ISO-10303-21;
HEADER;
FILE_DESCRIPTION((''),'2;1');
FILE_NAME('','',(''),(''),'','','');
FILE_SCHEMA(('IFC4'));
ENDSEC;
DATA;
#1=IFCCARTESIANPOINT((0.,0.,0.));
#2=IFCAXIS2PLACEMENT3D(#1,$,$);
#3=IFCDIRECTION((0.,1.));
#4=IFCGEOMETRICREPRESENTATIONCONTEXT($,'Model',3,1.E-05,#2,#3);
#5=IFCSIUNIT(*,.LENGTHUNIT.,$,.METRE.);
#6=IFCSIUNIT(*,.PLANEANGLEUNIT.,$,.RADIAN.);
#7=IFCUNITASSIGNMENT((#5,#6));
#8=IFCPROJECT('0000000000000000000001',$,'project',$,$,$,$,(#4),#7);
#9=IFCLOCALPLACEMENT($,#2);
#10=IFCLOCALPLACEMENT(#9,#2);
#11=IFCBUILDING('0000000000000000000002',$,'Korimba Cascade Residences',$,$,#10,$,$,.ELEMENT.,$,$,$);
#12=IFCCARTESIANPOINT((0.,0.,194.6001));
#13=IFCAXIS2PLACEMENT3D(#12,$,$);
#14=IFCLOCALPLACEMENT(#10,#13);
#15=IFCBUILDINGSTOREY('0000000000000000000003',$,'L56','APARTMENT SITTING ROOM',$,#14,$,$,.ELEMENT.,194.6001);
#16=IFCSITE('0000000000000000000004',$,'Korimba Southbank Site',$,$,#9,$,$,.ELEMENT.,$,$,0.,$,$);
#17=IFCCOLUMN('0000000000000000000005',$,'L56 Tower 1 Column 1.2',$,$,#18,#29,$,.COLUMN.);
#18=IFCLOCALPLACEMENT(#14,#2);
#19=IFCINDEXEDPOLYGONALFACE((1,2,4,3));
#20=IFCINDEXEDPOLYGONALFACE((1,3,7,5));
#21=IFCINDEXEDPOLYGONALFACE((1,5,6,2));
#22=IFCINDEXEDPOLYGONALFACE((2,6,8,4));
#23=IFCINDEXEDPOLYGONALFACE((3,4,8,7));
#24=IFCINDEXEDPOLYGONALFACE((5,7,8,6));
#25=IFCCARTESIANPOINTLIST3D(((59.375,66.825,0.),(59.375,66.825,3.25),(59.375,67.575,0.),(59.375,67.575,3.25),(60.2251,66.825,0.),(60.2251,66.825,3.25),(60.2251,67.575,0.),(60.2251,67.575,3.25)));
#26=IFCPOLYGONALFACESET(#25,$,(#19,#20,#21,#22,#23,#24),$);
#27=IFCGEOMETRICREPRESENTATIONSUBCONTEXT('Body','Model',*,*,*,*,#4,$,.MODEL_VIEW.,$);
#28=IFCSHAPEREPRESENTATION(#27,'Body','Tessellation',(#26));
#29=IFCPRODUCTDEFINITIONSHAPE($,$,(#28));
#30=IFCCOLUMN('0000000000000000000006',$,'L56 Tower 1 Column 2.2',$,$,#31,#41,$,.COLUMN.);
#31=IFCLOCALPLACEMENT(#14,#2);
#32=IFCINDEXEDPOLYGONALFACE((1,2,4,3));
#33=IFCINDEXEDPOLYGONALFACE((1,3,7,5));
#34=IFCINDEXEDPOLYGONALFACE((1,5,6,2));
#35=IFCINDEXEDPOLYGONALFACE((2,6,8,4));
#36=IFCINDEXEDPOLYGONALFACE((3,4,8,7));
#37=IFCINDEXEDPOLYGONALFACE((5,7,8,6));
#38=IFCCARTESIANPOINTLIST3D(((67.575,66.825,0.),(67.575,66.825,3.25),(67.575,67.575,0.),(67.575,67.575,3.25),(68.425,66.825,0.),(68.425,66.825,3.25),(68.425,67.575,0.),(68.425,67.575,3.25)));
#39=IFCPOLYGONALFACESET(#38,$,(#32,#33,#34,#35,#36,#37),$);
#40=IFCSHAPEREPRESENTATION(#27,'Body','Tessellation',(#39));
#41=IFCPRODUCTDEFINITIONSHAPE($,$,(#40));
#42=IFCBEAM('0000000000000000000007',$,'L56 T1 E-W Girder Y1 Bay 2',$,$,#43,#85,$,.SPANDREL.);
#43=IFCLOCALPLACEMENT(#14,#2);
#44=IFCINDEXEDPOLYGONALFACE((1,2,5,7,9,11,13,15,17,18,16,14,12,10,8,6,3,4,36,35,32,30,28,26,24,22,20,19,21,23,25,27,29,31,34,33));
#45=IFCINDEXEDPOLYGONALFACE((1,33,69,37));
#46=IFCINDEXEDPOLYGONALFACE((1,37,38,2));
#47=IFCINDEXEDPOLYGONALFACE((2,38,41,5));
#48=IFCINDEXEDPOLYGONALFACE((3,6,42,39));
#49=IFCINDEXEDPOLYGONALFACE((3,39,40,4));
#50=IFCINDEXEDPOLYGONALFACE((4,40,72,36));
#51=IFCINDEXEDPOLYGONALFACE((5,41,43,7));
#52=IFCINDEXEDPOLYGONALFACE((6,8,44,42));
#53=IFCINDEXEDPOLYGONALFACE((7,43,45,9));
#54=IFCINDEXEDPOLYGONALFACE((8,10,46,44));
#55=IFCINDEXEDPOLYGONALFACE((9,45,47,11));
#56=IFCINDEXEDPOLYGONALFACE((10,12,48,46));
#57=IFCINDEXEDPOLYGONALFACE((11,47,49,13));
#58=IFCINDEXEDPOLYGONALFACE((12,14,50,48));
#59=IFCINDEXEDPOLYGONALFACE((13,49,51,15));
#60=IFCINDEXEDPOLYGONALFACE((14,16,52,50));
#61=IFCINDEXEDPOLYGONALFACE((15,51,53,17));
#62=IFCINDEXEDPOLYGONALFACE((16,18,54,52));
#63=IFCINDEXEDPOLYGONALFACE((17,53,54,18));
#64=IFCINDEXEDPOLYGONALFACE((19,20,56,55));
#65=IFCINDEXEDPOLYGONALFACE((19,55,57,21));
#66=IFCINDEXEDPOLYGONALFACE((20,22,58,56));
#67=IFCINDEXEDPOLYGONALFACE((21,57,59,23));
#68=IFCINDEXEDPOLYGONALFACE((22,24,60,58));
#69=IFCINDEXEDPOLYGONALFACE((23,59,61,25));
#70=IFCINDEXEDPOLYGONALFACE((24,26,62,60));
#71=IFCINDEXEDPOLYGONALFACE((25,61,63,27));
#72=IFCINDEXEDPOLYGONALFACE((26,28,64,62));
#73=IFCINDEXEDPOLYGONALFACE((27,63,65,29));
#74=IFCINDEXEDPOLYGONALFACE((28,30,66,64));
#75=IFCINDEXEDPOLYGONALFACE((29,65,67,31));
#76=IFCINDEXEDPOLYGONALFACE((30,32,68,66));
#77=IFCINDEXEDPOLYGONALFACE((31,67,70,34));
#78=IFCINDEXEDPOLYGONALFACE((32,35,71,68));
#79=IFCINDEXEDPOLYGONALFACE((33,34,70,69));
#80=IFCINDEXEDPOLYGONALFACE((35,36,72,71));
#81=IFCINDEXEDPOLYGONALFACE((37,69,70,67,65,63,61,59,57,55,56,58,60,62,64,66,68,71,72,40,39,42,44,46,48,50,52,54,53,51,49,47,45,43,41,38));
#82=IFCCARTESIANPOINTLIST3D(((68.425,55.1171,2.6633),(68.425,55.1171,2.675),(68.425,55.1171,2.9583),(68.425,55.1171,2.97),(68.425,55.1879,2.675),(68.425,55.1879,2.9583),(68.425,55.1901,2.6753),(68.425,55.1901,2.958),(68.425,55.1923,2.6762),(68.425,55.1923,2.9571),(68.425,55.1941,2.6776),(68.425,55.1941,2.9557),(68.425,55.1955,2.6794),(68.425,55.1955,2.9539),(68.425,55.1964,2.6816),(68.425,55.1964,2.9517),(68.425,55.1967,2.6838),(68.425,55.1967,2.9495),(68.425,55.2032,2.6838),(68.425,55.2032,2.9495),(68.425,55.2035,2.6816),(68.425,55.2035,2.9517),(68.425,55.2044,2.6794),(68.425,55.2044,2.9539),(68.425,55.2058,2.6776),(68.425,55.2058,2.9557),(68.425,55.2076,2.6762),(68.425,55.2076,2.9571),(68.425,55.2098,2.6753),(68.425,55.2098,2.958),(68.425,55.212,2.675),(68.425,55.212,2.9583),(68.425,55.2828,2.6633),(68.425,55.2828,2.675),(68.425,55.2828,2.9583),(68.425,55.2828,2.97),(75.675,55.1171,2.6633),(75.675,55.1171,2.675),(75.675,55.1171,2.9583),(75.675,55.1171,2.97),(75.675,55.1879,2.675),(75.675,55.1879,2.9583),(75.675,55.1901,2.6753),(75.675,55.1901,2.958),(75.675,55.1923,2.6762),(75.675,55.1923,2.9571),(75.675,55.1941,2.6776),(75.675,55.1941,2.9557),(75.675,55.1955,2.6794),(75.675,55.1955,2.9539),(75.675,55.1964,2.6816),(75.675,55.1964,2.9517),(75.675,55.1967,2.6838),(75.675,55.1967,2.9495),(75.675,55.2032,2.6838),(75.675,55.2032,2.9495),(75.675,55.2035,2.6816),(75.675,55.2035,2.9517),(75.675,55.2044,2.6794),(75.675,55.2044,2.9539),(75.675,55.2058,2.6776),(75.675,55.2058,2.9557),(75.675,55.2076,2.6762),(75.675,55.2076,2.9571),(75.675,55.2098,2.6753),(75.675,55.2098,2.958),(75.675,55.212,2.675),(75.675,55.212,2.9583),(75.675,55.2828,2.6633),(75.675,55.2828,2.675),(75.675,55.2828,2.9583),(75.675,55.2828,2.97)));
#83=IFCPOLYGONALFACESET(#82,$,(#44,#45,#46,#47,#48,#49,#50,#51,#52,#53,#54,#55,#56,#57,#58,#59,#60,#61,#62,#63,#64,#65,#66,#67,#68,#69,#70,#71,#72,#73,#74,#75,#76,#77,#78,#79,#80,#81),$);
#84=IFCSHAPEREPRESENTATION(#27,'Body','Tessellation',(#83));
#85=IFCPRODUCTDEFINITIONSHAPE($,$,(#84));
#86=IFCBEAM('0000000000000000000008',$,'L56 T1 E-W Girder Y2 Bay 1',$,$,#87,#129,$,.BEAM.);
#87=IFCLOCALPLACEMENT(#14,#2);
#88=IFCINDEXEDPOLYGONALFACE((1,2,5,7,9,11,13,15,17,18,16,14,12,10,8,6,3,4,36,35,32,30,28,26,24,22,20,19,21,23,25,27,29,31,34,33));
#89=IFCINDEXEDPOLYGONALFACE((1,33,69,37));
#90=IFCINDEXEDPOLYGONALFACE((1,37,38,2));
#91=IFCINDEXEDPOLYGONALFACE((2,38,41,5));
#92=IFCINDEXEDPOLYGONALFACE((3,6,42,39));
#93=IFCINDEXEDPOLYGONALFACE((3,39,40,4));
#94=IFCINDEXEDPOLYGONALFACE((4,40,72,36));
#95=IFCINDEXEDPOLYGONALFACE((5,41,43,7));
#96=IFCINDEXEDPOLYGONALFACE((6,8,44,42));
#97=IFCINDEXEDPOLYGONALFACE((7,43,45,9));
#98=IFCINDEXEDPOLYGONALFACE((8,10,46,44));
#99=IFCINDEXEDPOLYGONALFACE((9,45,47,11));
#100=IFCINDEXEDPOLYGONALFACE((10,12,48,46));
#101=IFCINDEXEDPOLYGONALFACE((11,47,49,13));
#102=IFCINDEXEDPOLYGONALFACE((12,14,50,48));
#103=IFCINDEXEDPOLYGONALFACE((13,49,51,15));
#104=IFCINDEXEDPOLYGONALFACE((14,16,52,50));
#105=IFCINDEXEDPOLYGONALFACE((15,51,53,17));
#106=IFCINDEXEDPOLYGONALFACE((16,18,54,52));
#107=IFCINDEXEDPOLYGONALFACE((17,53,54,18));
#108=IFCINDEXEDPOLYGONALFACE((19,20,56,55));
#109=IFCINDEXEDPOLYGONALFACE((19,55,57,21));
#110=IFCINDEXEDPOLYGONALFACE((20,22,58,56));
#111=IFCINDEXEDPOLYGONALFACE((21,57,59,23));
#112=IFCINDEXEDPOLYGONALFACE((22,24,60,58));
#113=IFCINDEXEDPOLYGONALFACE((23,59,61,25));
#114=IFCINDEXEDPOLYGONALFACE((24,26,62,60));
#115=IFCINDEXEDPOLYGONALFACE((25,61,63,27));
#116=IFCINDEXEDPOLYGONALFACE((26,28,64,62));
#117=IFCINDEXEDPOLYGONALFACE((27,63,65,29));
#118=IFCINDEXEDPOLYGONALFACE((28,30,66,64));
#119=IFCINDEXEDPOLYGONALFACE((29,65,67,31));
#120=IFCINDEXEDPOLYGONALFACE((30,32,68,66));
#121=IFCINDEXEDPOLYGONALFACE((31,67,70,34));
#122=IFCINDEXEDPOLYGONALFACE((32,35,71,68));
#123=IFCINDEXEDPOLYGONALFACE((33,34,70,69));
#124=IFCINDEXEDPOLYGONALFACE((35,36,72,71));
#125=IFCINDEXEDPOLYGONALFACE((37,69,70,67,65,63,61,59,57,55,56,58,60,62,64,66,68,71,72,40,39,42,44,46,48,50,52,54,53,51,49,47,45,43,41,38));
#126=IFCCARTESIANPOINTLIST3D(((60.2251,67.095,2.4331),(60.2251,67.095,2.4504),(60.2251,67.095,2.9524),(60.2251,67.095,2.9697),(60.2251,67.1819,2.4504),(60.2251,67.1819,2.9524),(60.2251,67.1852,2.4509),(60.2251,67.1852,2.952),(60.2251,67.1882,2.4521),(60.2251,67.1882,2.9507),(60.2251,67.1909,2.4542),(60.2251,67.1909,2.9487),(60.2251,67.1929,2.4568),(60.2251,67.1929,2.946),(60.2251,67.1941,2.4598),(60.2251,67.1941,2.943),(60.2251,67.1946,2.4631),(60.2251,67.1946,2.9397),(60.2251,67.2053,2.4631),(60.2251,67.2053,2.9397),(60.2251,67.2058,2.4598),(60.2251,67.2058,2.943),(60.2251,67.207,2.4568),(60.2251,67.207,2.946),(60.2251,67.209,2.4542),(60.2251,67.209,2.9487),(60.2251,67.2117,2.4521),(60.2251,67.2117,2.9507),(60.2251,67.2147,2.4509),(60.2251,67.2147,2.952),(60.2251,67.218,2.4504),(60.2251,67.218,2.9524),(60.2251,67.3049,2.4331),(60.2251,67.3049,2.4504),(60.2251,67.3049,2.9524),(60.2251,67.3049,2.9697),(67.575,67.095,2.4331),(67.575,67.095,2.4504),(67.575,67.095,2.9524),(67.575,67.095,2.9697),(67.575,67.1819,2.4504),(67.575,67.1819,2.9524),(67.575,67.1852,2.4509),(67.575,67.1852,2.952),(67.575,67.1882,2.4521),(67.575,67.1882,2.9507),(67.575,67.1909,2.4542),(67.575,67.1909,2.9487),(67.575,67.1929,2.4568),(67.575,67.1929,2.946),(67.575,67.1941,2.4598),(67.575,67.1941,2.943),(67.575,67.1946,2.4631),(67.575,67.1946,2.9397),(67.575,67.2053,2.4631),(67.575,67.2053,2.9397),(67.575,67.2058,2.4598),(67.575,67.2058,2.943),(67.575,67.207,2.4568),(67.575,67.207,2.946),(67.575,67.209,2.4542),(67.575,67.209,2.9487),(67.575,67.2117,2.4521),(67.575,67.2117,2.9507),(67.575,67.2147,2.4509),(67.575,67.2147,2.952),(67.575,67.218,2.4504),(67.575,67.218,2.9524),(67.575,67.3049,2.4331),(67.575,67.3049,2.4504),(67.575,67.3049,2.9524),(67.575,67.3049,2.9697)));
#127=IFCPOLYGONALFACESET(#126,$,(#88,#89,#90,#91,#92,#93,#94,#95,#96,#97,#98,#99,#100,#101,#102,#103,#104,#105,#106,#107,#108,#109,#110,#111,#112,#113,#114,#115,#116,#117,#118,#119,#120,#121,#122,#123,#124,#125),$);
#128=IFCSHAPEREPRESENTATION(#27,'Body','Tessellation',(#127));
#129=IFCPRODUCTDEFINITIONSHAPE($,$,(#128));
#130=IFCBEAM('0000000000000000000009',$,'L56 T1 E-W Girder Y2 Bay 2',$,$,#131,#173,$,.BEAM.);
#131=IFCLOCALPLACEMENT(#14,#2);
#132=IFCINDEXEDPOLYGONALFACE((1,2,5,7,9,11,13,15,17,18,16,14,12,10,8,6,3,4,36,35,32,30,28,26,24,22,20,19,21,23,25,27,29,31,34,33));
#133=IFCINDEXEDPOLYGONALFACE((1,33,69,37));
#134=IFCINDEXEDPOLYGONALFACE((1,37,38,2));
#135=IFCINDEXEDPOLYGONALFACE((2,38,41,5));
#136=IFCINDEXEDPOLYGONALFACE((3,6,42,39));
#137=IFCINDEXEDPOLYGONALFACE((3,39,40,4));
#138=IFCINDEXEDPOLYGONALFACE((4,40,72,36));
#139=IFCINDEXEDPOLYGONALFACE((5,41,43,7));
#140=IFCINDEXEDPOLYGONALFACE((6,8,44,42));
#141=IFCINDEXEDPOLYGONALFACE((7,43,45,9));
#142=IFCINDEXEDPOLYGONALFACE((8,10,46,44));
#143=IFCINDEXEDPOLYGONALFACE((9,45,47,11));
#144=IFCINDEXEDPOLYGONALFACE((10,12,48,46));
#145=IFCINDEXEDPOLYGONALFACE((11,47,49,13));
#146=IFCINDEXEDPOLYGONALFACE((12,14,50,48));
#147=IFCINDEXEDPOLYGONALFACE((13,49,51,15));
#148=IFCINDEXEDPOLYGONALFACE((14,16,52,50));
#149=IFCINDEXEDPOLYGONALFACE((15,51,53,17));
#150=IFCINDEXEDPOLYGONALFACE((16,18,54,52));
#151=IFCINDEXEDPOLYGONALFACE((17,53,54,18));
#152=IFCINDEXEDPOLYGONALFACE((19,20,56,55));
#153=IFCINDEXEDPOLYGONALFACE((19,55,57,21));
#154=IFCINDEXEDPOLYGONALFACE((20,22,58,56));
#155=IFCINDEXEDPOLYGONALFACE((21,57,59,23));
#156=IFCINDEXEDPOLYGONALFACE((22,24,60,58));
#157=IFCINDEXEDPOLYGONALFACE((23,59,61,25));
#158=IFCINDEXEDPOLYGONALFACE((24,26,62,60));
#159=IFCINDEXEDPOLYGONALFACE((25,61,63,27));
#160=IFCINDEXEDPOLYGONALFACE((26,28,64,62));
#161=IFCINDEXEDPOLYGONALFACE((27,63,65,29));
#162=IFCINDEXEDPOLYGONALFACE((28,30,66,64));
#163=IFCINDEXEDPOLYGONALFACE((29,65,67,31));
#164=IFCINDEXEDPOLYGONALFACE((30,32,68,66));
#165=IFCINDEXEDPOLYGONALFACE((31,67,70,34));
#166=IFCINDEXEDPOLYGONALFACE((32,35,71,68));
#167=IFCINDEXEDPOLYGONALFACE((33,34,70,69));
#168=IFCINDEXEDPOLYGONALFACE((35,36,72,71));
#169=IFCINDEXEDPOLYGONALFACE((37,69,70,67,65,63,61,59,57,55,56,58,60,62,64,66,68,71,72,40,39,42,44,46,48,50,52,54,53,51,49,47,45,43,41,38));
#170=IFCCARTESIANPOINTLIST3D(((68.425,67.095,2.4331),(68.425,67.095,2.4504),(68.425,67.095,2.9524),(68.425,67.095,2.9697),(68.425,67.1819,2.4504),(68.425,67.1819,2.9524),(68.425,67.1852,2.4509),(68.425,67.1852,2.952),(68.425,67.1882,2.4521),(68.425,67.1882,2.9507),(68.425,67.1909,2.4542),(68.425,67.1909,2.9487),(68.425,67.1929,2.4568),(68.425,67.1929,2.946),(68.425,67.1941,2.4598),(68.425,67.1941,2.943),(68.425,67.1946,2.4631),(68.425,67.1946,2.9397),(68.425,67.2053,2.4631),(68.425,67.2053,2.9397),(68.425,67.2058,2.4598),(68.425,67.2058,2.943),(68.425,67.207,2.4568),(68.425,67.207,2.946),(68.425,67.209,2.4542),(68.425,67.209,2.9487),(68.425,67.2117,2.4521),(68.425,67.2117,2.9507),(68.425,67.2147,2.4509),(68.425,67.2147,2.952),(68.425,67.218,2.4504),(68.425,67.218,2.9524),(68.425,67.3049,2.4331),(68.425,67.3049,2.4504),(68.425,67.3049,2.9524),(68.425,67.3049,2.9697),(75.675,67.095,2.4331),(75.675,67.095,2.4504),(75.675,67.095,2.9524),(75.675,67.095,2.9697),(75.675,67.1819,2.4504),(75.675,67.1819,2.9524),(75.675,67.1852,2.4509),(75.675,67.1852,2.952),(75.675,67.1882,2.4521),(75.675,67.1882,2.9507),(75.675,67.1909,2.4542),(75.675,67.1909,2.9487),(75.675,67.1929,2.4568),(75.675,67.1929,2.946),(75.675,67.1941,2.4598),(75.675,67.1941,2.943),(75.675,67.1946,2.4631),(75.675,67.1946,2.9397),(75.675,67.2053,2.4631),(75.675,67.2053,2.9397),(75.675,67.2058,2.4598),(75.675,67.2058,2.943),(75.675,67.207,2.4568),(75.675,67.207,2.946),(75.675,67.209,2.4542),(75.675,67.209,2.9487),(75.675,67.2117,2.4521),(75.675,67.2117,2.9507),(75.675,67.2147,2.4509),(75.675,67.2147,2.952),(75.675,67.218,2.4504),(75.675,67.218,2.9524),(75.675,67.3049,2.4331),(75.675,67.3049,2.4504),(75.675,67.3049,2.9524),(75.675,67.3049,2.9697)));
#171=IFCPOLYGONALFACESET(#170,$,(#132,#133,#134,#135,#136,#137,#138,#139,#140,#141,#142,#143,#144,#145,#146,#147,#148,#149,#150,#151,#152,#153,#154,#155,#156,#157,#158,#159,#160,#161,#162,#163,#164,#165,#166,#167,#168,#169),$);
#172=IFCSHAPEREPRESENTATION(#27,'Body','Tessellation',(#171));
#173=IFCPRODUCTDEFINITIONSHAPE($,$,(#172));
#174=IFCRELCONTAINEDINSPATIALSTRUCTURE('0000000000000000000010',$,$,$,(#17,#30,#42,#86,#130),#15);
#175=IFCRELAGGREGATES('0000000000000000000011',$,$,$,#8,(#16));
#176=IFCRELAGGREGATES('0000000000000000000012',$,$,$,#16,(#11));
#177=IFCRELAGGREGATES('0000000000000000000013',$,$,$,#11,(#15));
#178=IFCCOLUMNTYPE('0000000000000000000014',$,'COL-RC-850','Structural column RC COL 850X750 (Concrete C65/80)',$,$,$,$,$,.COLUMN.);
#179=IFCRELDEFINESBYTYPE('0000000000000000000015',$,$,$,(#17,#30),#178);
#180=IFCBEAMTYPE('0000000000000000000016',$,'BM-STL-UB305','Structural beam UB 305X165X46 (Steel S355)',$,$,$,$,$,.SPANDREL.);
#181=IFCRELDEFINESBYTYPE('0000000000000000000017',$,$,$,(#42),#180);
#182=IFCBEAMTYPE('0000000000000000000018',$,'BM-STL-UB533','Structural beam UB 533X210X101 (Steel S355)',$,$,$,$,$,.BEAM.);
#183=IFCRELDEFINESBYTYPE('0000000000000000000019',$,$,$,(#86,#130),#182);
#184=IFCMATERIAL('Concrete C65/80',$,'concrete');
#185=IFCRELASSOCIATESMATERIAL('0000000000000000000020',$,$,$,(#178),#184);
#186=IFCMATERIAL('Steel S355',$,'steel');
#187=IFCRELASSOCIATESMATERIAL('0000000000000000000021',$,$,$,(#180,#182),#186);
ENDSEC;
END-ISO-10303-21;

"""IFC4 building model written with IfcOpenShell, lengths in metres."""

from ifc_helpers import new_model, si_unit, direction, frame, origin, origin_2d, place, context, subcontext, project, spatial, rectangle, i_section, extrude, material, material_profile, profile_set, type_object, element, save


model = new_model("IFC4")

# Units and contexts
model_context = context("Model", 3, precision=1e-05, world=origin(), true_north=direction((0.0, 1.0)))
body_context = subcontext(model_context, "Body", "Model", "MODEL_VIEW")
ifc_project = project(units=[si_unit("LENGTHUNIT", "METRE"), si_unit("PLANEANGLEUNIT", "RADIAN")], contexts=[model_context])

# Site, building, storey
site_placement = place(None, origin())
site = spatial("IfcSite", under=ifc_project, at=site_placement, Name="Korimba Southbank Site", CompositionType="ELEMENT", RefElevation=0.0)
building_placement = place(site_placement, origin())
building = spatial("IfcBuilding", under=site, at=building_placement, Name="Korimba Cascade Residences", CompositionType="ELEMENT")
storey_placement = place(building_placement, frame((0.0, 0.0, 194.6001)))
storey = spatial("IfcBuildingStorey", under=building, at=storey_placement, Name="L56", Description="APARTMENT SITTING ROOM", CompositionType="ELEMENT", Elevation=194.6001)

# Columns
ifc_material_1 = material(Name="Concrete C65/80", Category="concrete")
ifc_material_profile_1 = material_profile(ifc_material_1, rectangle(XDim=0.8501, YDim=0.75, at=origin_2d()), Name="Concrete C65/80")
ifc_profile_set_1 = profile_set([ifc_material_profile_1], Name="Concrete C65/80")
column_type = type_object("IfcColumnType", Name="COL-RC-850", Description="Structural column RC COL 850X750 (Concrete C65/80)", PredefinedType="COLUMN", material=ifc_profile_set_1)
for number, where, z_axis, x_axis, name in (
    (1, (59.8, 67.2, 0.0), (0.0, 0.0, 1.0), (1.0, 0.0, 0.0), "L56 Tower 1 Column 1.2"),
    (2, (68.0, 67.2, 0.0), (0.0, 0.0, 1.0), (1.0, 0.0, 0.0), "L56 Tower 1 Column 2.2"),
):
    element("IfcColumn", number, at=place(storey_placement, frame(where, z_axis=z_axis, x_axis=x_axis)), inside=storey, type_object=column_type, Name=name, PredefinedType="COLUMN", context=body_context, shape_type="SweptSolid", body=[
        extrude(rectangle(XDim=0.8501, YDim=0.75, at=origin_2d()), origin(), (0.0, 0.0, 1.0), 3.25),
    ])

# Beams
ifc_material_2 = material(Name="Steel S355", Category="steel")
ifc_material_profile_2 = material_profile(ifc_material_2, i_section(OverallWidth=0.1658, OverallDepth=0.3066, WebThickness=0.0066, FlangeThickness=0.0117, FilletRadius=0.0088, at=origin_2d()), Name="Steel S355")
ifc_profile_set_2 = profile_set([ifc_material_profile_2], Name="Steel S355")
beam_type_1 = type_object("IfcBeamType", Name="BM-STL-UB305", Description="Structural beam UB 305X165X46 (Steel S355)", PredefinedType="SPANDREL", material=ifc_profile_set_2)
beam_1_placement = place(storey_placement, frame((68.425, 55.2, 2.8167), z_axis=(1.0, 0.0, 0.0), x_axis=(0.0, 1.0, 0.0)))
element("IfcBeam", 3, at=beam_1_placement, inside=storey, type_object=beam_type_1, Name="L56 T1 E-W Girder Y1 Bay 2", PredefinedType="SPANDREL", context=body_context, shape_type="SweptSolid", body=[
    extrude(i_section(OverallWidth=0.1658, OverallDepth=0.3066, WebThickness=0.0066, FlangeThickness=0.0117, FilletRadius=0.0088, at=origin_2d()), origin(), (0.0, 0.0, 1.0), 7.25),
])
ifc_material_profile_3 = material_profile(ifc_material_2, i_section(OverallWidth=0.21, OverallDepth=0.5366, WebThickness=0.0107, FlangeThickness=0.0173, FilletRadius=0.0127, at=origin_2d()), Name="Steel S355")
ifc_profile_set_3 = profile_set([ifc_material_profile_3], Name="Steel S355")
beam_type_2 = type_object("IfcBeamType", Name="BM-STL-UB533", Description="Structural beam UB 533X210X101 (Steel S355)", PredefinedType="BEAM", material=ifc_profile_set_3)
beam_2_placement = place(storey_placement, frame((60.2251, 67.2, 2.7014), z_axis=(1.0, 0.0, 0.0), x_axis=(0.0, 1.0, 0.0)))
element("IfcBeam", 4, at=beam_2_placement, inside=storey, type_object=beam_type_2, Name="L56 T1 E-W Girder Y2 Bay 1", PredefinedType="BEAM", context=body_context, shape_type="SweptSolid", body=[
    extrude(i_section(OverallWidth=0.21, OverallDepth=0.5366, WebThickness=0.0107, FlangeThickness=0.0173, FilletRadius=0.0127, at=origin_2d()), origin(), (0.0, 0.0, 1.0), 7.3499),
])
beam_3_placement = place(storey_placement, frame((68.425, 67.2, 2.7014), z_axis=(1.0, 0.0, 0.0), x_axis=(0.0, 1.0, 0.0)))
element("IfcBeam", 5, at=beam_3_placement, inside=storey, type_object=beam_type_2, Name="L56 T1 E-W Girder Y2 Bay 2", PredefinedType="BEAM", context=body_context, shape_type="SweptSolid", body=[
    extrude(i_section(OverallWidth=0.21, OverallDepth=0.5366, WebThickness=0.0107, FlangeThickness=0.0173, FilletRadius=0.0127, at=origin_2d()), origin(), (0.0, 0.0, 1.0), 7.25),
])

save(model, "model.ifc")
